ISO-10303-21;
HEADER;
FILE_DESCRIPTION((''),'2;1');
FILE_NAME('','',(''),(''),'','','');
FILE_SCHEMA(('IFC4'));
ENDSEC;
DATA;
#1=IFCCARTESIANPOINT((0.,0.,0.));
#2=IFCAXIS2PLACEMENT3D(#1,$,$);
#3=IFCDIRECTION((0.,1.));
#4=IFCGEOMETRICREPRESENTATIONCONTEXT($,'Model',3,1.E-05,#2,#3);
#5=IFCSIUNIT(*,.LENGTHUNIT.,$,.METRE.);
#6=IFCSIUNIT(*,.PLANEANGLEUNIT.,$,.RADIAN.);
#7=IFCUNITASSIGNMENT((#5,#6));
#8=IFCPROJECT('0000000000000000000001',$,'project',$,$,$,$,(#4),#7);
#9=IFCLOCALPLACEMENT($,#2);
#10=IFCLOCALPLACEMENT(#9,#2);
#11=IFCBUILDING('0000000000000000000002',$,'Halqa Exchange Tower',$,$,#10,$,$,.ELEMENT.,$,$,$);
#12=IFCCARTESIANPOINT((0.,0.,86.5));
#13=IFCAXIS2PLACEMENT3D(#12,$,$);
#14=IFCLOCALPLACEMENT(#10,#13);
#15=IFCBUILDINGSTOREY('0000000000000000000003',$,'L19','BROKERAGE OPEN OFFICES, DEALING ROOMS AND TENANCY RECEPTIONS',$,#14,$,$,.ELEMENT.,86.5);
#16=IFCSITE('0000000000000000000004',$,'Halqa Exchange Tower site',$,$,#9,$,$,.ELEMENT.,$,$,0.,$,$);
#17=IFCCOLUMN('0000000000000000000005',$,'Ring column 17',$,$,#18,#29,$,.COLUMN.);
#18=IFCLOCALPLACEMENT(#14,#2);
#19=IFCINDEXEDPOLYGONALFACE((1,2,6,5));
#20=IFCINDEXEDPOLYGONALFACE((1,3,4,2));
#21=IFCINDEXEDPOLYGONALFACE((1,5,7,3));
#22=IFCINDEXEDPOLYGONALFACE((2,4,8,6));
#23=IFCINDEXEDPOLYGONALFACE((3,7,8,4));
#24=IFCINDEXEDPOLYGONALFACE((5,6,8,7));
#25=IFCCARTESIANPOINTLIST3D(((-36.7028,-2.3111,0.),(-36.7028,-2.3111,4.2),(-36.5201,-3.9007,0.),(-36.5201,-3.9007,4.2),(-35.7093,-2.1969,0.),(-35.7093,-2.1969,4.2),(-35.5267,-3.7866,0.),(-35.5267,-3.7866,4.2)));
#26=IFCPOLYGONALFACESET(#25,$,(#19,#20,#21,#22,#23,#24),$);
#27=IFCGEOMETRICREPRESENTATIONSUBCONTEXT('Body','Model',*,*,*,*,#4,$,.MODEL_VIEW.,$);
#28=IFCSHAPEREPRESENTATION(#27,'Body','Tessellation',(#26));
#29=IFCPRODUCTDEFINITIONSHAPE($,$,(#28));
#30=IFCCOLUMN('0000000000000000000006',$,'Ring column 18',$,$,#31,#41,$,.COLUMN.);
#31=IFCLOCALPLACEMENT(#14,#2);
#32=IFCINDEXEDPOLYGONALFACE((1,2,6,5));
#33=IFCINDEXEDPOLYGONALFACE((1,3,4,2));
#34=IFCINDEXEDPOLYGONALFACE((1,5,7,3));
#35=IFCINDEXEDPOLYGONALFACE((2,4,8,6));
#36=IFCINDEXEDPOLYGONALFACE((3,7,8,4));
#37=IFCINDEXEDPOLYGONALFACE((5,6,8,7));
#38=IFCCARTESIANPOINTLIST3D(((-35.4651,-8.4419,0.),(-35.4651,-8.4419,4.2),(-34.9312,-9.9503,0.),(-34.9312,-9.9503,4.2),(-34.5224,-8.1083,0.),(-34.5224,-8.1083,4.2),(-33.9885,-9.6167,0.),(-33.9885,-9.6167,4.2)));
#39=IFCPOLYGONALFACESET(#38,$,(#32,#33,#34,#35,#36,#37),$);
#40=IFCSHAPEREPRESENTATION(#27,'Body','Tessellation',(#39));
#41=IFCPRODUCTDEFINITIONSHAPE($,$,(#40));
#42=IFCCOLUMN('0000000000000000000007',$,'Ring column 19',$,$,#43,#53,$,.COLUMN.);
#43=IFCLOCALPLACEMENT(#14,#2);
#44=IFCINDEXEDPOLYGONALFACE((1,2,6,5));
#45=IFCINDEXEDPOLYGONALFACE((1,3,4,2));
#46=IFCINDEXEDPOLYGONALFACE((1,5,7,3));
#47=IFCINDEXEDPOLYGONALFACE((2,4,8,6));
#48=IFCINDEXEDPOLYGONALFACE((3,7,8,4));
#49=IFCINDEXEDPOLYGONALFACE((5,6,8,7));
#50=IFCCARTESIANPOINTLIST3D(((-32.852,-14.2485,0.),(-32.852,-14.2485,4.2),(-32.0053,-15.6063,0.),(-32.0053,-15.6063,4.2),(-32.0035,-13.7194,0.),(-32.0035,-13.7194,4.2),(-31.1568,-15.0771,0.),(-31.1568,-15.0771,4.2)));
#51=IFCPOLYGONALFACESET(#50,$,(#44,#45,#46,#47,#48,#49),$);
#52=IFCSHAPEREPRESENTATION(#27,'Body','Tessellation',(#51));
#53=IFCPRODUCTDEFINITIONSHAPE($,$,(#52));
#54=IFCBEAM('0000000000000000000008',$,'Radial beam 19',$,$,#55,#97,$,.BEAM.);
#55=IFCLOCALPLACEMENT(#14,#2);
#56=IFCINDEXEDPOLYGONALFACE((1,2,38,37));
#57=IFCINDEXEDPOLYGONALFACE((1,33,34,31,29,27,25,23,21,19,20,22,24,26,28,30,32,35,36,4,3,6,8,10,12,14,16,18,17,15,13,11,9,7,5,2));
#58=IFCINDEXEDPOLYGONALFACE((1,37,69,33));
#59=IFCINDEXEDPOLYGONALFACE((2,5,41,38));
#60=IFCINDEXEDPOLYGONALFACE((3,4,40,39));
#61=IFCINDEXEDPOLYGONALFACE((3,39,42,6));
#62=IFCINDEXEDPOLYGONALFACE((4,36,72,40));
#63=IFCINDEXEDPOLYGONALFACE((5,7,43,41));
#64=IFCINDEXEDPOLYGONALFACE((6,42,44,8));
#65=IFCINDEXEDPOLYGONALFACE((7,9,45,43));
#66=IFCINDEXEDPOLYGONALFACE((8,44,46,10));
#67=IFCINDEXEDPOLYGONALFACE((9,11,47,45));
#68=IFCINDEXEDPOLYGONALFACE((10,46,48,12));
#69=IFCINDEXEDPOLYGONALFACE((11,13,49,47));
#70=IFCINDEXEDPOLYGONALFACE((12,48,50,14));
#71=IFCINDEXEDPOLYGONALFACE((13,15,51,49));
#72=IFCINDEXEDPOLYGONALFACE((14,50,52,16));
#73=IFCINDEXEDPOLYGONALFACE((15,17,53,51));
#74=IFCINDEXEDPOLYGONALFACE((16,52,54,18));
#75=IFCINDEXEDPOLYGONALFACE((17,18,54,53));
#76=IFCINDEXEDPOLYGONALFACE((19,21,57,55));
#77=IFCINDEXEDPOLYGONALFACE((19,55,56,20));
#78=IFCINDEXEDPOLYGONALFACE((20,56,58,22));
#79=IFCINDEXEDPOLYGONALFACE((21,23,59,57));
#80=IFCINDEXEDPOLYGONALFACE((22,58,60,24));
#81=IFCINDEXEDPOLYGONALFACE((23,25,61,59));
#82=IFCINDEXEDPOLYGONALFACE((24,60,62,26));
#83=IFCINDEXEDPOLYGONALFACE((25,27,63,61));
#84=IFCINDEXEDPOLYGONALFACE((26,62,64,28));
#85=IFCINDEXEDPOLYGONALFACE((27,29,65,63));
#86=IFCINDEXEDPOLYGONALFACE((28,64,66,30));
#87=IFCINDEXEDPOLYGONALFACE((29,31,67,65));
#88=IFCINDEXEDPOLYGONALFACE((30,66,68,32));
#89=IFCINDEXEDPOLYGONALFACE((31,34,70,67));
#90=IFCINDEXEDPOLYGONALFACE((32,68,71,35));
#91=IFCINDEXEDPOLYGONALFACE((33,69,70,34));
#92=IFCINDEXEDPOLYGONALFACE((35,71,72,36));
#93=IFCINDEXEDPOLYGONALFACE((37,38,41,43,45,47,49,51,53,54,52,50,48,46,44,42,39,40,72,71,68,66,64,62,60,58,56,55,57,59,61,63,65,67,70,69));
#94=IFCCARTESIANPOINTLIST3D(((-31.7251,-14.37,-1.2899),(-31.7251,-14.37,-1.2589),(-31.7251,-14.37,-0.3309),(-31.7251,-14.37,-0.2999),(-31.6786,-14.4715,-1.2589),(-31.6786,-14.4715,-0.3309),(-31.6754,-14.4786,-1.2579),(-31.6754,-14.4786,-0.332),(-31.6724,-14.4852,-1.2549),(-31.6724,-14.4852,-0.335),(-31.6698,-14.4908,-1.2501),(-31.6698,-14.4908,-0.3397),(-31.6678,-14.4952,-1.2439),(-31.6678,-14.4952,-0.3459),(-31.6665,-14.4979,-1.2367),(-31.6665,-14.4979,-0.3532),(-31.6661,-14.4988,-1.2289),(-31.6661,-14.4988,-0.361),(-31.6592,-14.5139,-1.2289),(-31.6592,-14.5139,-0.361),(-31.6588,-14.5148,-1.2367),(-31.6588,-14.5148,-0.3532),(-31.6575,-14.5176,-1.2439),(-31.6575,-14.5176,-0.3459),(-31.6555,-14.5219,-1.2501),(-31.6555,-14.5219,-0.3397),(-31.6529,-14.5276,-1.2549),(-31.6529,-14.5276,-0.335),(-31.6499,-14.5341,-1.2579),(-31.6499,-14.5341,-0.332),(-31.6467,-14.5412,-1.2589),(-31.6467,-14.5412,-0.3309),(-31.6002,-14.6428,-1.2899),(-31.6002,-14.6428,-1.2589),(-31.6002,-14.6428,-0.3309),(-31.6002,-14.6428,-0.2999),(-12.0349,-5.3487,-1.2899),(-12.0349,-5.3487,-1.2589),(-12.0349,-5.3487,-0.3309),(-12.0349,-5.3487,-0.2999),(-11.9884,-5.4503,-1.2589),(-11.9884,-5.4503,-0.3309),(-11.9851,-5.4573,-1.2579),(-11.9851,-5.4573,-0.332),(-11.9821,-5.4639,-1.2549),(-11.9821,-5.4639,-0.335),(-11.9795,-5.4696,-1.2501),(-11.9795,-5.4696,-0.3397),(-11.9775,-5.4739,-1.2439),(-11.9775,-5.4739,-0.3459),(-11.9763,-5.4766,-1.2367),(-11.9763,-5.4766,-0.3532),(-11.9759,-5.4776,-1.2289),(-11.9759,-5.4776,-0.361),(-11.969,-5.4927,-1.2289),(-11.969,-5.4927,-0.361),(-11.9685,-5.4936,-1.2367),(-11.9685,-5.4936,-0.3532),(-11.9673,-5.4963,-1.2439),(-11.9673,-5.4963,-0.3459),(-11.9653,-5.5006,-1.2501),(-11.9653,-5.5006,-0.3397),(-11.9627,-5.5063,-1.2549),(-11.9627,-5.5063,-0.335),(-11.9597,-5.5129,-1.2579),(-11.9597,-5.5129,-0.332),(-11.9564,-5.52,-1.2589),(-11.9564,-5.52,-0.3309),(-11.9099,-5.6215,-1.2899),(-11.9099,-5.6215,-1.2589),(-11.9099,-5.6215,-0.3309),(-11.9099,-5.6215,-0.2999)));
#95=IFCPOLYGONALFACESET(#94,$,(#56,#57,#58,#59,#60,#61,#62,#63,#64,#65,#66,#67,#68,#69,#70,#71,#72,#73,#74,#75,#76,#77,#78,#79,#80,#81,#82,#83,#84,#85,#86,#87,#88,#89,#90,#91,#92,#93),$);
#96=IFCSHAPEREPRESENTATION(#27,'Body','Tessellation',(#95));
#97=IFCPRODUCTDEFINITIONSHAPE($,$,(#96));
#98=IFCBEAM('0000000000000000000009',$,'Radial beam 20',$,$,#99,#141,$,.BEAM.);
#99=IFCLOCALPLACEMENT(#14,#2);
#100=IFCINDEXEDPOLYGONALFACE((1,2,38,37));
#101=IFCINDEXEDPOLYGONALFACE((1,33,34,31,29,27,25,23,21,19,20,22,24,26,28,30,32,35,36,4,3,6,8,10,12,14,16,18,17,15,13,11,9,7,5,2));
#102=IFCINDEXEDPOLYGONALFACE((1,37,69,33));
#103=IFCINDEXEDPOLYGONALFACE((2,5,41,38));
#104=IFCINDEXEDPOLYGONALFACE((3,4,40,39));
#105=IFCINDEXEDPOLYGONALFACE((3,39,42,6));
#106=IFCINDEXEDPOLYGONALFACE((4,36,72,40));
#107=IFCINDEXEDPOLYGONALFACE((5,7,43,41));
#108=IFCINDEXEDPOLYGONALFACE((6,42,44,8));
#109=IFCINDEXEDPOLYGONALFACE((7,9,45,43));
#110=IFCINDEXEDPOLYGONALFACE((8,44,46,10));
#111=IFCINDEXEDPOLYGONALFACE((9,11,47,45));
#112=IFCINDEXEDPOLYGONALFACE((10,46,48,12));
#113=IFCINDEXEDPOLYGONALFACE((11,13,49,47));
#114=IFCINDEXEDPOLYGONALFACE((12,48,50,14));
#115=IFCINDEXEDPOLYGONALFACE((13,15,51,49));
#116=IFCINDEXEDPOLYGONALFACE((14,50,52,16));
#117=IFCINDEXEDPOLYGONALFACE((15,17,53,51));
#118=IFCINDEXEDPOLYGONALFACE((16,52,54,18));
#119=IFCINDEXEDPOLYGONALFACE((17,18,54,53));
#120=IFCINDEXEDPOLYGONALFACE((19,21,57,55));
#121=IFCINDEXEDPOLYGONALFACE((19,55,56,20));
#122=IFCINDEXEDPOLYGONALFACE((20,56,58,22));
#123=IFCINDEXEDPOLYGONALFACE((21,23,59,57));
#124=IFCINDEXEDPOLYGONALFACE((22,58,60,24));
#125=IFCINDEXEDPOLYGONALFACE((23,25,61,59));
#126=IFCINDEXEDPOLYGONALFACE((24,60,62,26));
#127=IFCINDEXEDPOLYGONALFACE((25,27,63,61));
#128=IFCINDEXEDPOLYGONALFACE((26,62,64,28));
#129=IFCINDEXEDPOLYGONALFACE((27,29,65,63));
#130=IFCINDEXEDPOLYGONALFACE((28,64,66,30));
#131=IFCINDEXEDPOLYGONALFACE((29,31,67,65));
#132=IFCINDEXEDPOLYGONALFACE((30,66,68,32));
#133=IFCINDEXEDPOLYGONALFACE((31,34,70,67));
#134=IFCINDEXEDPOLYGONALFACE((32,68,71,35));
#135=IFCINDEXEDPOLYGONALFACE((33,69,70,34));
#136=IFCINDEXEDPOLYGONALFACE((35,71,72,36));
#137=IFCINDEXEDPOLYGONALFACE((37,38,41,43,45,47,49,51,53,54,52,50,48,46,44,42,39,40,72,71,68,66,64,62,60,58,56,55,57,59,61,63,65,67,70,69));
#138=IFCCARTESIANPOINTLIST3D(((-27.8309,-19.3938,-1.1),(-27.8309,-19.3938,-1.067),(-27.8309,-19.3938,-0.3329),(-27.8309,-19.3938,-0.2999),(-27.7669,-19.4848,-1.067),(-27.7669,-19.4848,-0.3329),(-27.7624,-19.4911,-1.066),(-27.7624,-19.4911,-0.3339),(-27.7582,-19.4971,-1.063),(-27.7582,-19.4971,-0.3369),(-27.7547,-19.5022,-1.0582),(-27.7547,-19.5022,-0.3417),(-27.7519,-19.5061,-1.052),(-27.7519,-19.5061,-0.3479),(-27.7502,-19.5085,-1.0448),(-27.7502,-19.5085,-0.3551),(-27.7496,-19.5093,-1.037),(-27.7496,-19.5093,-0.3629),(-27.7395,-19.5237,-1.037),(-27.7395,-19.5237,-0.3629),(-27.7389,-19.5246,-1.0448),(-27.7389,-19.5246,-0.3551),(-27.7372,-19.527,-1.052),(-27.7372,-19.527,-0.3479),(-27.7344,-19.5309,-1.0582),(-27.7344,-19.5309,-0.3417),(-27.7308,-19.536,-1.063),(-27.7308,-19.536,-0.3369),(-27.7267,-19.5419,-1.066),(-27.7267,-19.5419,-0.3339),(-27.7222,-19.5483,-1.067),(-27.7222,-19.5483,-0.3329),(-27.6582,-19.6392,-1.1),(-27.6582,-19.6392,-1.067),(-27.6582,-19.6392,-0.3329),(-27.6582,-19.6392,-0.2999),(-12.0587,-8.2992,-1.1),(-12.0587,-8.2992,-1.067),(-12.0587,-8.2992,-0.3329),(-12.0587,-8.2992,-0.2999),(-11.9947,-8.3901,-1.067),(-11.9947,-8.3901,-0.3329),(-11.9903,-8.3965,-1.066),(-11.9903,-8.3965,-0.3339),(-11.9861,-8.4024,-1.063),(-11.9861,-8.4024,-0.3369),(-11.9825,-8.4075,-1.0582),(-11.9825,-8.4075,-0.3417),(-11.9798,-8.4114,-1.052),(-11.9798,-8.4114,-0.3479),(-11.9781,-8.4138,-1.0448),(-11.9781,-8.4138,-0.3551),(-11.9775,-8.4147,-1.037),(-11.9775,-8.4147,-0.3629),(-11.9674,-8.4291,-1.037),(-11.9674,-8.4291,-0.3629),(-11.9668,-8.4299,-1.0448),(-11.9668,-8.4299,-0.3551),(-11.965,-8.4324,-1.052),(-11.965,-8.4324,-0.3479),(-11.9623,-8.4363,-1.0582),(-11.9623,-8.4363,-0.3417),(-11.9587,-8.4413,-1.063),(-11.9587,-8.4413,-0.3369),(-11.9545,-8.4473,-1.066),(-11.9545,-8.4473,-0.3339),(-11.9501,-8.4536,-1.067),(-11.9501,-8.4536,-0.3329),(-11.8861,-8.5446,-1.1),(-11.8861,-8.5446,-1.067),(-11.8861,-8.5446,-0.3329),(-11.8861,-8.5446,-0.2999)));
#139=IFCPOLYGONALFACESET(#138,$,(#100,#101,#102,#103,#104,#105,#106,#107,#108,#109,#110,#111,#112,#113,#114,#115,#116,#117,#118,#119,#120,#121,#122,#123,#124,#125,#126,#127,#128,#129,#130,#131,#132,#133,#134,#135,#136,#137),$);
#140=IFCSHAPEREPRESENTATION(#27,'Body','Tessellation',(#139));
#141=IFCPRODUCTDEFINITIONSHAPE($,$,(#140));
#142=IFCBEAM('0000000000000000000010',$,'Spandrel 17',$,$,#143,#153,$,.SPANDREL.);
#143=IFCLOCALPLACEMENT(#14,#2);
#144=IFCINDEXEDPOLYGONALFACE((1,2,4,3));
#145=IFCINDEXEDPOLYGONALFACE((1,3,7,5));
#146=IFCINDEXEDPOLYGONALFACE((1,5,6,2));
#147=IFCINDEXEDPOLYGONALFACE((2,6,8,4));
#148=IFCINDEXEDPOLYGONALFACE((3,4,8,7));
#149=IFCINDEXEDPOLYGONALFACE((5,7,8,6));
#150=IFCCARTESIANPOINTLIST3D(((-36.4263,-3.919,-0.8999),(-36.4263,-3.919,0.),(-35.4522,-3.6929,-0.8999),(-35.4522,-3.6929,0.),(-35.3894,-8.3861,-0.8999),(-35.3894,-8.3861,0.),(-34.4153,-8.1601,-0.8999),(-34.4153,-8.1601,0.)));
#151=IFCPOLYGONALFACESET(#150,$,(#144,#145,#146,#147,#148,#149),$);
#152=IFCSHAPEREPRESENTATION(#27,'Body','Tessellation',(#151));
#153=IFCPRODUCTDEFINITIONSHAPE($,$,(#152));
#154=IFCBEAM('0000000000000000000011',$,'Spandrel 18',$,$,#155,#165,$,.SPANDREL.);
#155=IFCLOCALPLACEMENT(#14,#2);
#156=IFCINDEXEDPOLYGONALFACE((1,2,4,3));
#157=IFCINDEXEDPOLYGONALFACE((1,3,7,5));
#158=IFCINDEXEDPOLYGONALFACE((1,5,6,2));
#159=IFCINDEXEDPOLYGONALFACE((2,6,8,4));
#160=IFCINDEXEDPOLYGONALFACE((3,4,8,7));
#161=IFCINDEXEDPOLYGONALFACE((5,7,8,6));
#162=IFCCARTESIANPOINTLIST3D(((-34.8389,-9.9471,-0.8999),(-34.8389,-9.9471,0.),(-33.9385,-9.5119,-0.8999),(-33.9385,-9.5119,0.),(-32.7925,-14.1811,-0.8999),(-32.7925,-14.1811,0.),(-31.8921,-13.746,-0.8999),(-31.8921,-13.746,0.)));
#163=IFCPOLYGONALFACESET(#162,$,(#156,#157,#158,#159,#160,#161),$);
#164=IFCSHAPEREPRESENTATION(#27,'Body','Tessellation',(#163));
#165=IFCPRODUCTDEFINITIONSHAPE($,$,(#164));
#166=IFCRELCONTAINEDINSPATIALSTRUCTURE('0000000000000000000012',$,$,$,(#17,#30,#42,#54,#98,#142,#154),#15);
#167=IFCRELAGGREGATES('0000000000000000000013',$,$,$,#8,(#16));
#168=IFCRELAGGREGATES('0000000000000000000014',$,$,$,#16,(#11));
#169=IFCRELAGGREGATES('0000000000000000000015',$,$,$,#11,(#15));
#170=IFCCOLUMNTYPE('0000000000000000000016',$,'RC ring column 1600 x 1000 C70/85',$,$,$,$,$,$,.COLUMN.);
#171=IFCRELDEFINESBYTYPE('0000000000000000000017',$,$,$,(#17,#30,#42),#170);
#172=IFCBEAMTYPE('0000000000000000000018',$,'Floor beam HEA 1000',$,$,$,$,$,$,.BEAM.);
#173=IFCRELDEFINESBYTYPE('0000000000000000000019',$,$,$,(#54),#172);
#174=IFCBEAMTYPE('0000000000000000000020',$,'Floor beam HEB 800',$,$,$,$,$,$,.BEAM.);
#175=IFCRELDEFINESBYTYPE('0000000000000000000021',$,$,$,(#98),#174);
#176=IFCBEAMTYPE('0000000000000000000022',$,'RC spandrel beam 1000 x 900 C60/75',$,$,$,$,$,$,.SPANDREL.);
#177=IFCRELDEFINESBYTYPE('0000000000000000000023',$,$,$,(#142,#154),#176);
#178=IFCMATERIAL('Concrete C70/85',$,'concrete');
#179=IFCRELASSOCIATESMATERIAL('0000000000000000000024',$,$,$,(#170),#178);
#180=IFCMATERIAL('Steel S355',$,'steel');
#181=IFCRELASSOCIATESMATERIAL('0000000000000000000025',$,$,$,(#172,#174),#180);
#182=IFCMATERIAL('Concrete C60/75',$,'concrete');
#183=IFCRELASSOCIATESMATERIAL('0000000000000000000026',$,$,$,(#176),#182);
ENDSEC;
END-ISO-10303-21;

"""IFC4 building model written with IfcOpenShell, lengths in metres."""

from ifc_helpers import new_model, si_unit, direction, frame, origin, origin_2d, place, context, subcontext, project, spatial, rectangle, i_section, extrude, material, material_profile, profile_set, type_object, element, save


model = new_model("IFC4")

# Units and contexts
model_context = context("Model", 3, precision=1e-05, world=origin(), true_north=direction((0.0, 1.0)))
body_context = subcontext(model_context, "Body", "Model", "MODEL_VIEW")
ifc_project = project(units=[si_unit("LENGTHUNIT", "METRE"), si_unit("PLANEANGLEUNIT", "RADIAN")], contexts=[model_context])

# Site, building, storey
site_placement = place(None, origin())
site = spatial("IfcSite", under=ifc_project, at=site_placement, Name="Halqa Exchange Tower site", CompositionType="ELEMENT", RefElevation=0.0)
building_placement = place(site_placement, origin())
building = spatial("IfcBuilding", under=site, at=building_placement, Name="Halqa Exchange Tower", CompositionType="ELEMENT")
storey_placement = place(building_placement, frame((0.0, 0.0, 86.5)))
storey = spatial("IfcBuildingStorey", under=building, at=storey_placement, Name="L19", Description="BROKERAGE OPEN OFFICES, DEALING ROOMS AND TENANCY RECEPTIONS", CompositionType="ELEMENT", Elevation=86.5)

# Columns
ifc_material_1 = material(Name="Concrete C70/85", Category="concrete")
ifc_material_profile_1 = material_profile(ifc_material_1, rectangle(XDim=1.6001, YDim=1.0, at=origin_2d()), Name="1600 x 1000")
ifc_profile_set_1 = profile_set([ifc_material_profile_1], Name="Concrete C70/85")
column_type = type_object("IfcColumnType", Name="RC ring column 1600 x 1000 C70/85", PredefinedType="COLUMN", material=ifc_profile_set_1)
for number, where, z_axis, x_axis, name in (
    (1, (-36.1147, -3.0488, 0.0), (0.0, 0.0, 1.0), (0.114157, -0.993463, 0.0), "Ring column 17"),
    (2, (-34.7268, -9.0293, 0.0), (0.0, 0.0, 1.0), (0.333631, -0.942704, 0.0), "Ring column 18"),
    (3, (-32.0044, -14.6628, 0.0), (0.0, 0.0, 1.0), (0.52914, -0.848534, 0.0), "Ring column 19"),
):
    element("IfcColumn", number, at=place(storey_placement, frame(where, z_axis=z_axis, x_axis=x_axis)), inside=storey, type_object=column_type, Name=name, PredefinedType="COLUMN", context=body_context, shape_type="SweptSolid", body=[
        extrude(rectangle(XDim=1.6001, YDim=1.0, at=origin_2d()), origin(), (0.0, 0.0, 1.0), 4.2),
    ])

# Beams
ifc_material_2 = material(Name="Steel S355", Category="steel")
ifc_material_profile_2 = material_profile(ifc_material_2, i_section(OverallWidth=0.3, OverallDepth=0.99, WebThickness=0.0166, FlangeThickness=0.031, FilletRadius=0.03, at=origin_2d()), Name="HEA 1000")
ifc_profile_set_2 = profile_set([ifc_material_profile_2], Name="Steel S355")
beam_type_1 = type_object("IfcBeamType", Name="Floor beam HEA 1000", PredefinedType="BEAM", material=ifc_profile_set_2)
beam_1_placement = place(storey_placement, frame((-11.9724, -5.4851, -0.7949), z_axis=(-0.909125, -0.416524, 0.0), x_axis=(0.416524, -0.909125, 0.0)))
element("IfcBeam", 4, at=beam_1_placement, inside=storey, type_object=beam_type_1, Name="Radial beam 19", PredefinedType="BEAM", context=body_context, shape_type="SweptSolid", body=[
    extrude(i_section(OverallWidth=0.3, OverallDepth=0.99, WebThickness=0.0166, FlangeThickness=0.031, FilletRadius=0.03, at=origin_2d()), origin(), (0.0, 0.0, 1.0), 21.6584),
])
ifc_material_profile_3 = material_profile(ifc_material_2, i_section(OverallWidth=0.3, OverallDepth=0.8, WebThickness=0.0176, FlangeThickness=0.033, FilletRadius=0.03, at=origin_2d()), Name="HEB 800")
ifc_profile_set_3 = profile_set([ifc_material_profile_3], Name="Steel S355")
beam_type_2 = type_object("IfcBeamType", Name="Floor beam HEB 800", PredefinedType="BEAM", material=ifc_profile_set_3)
beam_2_placement = place(storey_placement, frame((-11.9724, -8.4219, -0.7), z_axis=(-0.81791, -0.575346, 0.0), x_axis=(0.575346, -0.81791, 0.0)))
element("IfcBeam", 5, at=beam_2_placement, inside=storey, type_object=beam_type_2, Name="Radial beam 20", PredefinedType="BEAM", context=body_context, shape_type="SweptSolid", body=[
    extrude(i_section(OverallWidth=0.3, OverallDepth=0.8, WebThickness=0.0176, FlangeThickness=0.033, FilletRadius=0.03, at=origin_2d()), origin(), (0.0, 0.0, 1.0), 19.2834),
])
ifc_material_3 = material(Name="Concrete C60/75", Category="concrete")
ifc_material_profile_4 = material_profile(ifc_material_3, rectangle(XDim=1.0, YDim=0.8999, at=origin_2d()), Name="1000 x 900")
ifc_profile_set_4 = profile_set([ifc_material_profile_4], Name="Concrete C60/75")
beam_type_3 = type_object("IfcBeamType", Name="RC spandrel beam 1000 x 900 C60/75", PredefinedType="SPANDREL", material=ifc_profile_set_4)
beam_3_placement = place(storey_placement, frame((-35.9392, -3.8059, -0.45), z_axis=(0.226092, -0.974106, 0.0), x_axis=(0.974106, 0.226092, 0.0)))
element("IfcBeam", 6, at=beam_3_placement, inside=storey, type_object=beam_type_3, Name="Spandrel 17", PredefinedType="SPANDREL", context=body_context, shape_type="SweptSolid", body=[
    extrude(rectangle(XDim=1.0, YDim=0.8999, at=origin_2d()), origin(), (0.0, 0.0, 1.0), 4.5859),
])
beam_4_placement = place(storey_placement, frame((-34.3887, -9.7295, -0.45), z_axis=(0.43515, -0.900358, 0.0), x_axis=(0.900358, 0.43515, 0.0)))
element("IfcBeam", 7, at=beam_4_placement, inside=storey, type_object=beam_type_3, Name="Spandrel 18", PredefinedType="SPANDREL", context=body_context, shape_type="SweptSolid", body=[
    extrude(rectangle(XDim=1.0, YDim=0.8999, at=origin_2d()), origin(), (0.0, 0.0, 1.0), 4.7026),
])

save(model, "model.ifc")
